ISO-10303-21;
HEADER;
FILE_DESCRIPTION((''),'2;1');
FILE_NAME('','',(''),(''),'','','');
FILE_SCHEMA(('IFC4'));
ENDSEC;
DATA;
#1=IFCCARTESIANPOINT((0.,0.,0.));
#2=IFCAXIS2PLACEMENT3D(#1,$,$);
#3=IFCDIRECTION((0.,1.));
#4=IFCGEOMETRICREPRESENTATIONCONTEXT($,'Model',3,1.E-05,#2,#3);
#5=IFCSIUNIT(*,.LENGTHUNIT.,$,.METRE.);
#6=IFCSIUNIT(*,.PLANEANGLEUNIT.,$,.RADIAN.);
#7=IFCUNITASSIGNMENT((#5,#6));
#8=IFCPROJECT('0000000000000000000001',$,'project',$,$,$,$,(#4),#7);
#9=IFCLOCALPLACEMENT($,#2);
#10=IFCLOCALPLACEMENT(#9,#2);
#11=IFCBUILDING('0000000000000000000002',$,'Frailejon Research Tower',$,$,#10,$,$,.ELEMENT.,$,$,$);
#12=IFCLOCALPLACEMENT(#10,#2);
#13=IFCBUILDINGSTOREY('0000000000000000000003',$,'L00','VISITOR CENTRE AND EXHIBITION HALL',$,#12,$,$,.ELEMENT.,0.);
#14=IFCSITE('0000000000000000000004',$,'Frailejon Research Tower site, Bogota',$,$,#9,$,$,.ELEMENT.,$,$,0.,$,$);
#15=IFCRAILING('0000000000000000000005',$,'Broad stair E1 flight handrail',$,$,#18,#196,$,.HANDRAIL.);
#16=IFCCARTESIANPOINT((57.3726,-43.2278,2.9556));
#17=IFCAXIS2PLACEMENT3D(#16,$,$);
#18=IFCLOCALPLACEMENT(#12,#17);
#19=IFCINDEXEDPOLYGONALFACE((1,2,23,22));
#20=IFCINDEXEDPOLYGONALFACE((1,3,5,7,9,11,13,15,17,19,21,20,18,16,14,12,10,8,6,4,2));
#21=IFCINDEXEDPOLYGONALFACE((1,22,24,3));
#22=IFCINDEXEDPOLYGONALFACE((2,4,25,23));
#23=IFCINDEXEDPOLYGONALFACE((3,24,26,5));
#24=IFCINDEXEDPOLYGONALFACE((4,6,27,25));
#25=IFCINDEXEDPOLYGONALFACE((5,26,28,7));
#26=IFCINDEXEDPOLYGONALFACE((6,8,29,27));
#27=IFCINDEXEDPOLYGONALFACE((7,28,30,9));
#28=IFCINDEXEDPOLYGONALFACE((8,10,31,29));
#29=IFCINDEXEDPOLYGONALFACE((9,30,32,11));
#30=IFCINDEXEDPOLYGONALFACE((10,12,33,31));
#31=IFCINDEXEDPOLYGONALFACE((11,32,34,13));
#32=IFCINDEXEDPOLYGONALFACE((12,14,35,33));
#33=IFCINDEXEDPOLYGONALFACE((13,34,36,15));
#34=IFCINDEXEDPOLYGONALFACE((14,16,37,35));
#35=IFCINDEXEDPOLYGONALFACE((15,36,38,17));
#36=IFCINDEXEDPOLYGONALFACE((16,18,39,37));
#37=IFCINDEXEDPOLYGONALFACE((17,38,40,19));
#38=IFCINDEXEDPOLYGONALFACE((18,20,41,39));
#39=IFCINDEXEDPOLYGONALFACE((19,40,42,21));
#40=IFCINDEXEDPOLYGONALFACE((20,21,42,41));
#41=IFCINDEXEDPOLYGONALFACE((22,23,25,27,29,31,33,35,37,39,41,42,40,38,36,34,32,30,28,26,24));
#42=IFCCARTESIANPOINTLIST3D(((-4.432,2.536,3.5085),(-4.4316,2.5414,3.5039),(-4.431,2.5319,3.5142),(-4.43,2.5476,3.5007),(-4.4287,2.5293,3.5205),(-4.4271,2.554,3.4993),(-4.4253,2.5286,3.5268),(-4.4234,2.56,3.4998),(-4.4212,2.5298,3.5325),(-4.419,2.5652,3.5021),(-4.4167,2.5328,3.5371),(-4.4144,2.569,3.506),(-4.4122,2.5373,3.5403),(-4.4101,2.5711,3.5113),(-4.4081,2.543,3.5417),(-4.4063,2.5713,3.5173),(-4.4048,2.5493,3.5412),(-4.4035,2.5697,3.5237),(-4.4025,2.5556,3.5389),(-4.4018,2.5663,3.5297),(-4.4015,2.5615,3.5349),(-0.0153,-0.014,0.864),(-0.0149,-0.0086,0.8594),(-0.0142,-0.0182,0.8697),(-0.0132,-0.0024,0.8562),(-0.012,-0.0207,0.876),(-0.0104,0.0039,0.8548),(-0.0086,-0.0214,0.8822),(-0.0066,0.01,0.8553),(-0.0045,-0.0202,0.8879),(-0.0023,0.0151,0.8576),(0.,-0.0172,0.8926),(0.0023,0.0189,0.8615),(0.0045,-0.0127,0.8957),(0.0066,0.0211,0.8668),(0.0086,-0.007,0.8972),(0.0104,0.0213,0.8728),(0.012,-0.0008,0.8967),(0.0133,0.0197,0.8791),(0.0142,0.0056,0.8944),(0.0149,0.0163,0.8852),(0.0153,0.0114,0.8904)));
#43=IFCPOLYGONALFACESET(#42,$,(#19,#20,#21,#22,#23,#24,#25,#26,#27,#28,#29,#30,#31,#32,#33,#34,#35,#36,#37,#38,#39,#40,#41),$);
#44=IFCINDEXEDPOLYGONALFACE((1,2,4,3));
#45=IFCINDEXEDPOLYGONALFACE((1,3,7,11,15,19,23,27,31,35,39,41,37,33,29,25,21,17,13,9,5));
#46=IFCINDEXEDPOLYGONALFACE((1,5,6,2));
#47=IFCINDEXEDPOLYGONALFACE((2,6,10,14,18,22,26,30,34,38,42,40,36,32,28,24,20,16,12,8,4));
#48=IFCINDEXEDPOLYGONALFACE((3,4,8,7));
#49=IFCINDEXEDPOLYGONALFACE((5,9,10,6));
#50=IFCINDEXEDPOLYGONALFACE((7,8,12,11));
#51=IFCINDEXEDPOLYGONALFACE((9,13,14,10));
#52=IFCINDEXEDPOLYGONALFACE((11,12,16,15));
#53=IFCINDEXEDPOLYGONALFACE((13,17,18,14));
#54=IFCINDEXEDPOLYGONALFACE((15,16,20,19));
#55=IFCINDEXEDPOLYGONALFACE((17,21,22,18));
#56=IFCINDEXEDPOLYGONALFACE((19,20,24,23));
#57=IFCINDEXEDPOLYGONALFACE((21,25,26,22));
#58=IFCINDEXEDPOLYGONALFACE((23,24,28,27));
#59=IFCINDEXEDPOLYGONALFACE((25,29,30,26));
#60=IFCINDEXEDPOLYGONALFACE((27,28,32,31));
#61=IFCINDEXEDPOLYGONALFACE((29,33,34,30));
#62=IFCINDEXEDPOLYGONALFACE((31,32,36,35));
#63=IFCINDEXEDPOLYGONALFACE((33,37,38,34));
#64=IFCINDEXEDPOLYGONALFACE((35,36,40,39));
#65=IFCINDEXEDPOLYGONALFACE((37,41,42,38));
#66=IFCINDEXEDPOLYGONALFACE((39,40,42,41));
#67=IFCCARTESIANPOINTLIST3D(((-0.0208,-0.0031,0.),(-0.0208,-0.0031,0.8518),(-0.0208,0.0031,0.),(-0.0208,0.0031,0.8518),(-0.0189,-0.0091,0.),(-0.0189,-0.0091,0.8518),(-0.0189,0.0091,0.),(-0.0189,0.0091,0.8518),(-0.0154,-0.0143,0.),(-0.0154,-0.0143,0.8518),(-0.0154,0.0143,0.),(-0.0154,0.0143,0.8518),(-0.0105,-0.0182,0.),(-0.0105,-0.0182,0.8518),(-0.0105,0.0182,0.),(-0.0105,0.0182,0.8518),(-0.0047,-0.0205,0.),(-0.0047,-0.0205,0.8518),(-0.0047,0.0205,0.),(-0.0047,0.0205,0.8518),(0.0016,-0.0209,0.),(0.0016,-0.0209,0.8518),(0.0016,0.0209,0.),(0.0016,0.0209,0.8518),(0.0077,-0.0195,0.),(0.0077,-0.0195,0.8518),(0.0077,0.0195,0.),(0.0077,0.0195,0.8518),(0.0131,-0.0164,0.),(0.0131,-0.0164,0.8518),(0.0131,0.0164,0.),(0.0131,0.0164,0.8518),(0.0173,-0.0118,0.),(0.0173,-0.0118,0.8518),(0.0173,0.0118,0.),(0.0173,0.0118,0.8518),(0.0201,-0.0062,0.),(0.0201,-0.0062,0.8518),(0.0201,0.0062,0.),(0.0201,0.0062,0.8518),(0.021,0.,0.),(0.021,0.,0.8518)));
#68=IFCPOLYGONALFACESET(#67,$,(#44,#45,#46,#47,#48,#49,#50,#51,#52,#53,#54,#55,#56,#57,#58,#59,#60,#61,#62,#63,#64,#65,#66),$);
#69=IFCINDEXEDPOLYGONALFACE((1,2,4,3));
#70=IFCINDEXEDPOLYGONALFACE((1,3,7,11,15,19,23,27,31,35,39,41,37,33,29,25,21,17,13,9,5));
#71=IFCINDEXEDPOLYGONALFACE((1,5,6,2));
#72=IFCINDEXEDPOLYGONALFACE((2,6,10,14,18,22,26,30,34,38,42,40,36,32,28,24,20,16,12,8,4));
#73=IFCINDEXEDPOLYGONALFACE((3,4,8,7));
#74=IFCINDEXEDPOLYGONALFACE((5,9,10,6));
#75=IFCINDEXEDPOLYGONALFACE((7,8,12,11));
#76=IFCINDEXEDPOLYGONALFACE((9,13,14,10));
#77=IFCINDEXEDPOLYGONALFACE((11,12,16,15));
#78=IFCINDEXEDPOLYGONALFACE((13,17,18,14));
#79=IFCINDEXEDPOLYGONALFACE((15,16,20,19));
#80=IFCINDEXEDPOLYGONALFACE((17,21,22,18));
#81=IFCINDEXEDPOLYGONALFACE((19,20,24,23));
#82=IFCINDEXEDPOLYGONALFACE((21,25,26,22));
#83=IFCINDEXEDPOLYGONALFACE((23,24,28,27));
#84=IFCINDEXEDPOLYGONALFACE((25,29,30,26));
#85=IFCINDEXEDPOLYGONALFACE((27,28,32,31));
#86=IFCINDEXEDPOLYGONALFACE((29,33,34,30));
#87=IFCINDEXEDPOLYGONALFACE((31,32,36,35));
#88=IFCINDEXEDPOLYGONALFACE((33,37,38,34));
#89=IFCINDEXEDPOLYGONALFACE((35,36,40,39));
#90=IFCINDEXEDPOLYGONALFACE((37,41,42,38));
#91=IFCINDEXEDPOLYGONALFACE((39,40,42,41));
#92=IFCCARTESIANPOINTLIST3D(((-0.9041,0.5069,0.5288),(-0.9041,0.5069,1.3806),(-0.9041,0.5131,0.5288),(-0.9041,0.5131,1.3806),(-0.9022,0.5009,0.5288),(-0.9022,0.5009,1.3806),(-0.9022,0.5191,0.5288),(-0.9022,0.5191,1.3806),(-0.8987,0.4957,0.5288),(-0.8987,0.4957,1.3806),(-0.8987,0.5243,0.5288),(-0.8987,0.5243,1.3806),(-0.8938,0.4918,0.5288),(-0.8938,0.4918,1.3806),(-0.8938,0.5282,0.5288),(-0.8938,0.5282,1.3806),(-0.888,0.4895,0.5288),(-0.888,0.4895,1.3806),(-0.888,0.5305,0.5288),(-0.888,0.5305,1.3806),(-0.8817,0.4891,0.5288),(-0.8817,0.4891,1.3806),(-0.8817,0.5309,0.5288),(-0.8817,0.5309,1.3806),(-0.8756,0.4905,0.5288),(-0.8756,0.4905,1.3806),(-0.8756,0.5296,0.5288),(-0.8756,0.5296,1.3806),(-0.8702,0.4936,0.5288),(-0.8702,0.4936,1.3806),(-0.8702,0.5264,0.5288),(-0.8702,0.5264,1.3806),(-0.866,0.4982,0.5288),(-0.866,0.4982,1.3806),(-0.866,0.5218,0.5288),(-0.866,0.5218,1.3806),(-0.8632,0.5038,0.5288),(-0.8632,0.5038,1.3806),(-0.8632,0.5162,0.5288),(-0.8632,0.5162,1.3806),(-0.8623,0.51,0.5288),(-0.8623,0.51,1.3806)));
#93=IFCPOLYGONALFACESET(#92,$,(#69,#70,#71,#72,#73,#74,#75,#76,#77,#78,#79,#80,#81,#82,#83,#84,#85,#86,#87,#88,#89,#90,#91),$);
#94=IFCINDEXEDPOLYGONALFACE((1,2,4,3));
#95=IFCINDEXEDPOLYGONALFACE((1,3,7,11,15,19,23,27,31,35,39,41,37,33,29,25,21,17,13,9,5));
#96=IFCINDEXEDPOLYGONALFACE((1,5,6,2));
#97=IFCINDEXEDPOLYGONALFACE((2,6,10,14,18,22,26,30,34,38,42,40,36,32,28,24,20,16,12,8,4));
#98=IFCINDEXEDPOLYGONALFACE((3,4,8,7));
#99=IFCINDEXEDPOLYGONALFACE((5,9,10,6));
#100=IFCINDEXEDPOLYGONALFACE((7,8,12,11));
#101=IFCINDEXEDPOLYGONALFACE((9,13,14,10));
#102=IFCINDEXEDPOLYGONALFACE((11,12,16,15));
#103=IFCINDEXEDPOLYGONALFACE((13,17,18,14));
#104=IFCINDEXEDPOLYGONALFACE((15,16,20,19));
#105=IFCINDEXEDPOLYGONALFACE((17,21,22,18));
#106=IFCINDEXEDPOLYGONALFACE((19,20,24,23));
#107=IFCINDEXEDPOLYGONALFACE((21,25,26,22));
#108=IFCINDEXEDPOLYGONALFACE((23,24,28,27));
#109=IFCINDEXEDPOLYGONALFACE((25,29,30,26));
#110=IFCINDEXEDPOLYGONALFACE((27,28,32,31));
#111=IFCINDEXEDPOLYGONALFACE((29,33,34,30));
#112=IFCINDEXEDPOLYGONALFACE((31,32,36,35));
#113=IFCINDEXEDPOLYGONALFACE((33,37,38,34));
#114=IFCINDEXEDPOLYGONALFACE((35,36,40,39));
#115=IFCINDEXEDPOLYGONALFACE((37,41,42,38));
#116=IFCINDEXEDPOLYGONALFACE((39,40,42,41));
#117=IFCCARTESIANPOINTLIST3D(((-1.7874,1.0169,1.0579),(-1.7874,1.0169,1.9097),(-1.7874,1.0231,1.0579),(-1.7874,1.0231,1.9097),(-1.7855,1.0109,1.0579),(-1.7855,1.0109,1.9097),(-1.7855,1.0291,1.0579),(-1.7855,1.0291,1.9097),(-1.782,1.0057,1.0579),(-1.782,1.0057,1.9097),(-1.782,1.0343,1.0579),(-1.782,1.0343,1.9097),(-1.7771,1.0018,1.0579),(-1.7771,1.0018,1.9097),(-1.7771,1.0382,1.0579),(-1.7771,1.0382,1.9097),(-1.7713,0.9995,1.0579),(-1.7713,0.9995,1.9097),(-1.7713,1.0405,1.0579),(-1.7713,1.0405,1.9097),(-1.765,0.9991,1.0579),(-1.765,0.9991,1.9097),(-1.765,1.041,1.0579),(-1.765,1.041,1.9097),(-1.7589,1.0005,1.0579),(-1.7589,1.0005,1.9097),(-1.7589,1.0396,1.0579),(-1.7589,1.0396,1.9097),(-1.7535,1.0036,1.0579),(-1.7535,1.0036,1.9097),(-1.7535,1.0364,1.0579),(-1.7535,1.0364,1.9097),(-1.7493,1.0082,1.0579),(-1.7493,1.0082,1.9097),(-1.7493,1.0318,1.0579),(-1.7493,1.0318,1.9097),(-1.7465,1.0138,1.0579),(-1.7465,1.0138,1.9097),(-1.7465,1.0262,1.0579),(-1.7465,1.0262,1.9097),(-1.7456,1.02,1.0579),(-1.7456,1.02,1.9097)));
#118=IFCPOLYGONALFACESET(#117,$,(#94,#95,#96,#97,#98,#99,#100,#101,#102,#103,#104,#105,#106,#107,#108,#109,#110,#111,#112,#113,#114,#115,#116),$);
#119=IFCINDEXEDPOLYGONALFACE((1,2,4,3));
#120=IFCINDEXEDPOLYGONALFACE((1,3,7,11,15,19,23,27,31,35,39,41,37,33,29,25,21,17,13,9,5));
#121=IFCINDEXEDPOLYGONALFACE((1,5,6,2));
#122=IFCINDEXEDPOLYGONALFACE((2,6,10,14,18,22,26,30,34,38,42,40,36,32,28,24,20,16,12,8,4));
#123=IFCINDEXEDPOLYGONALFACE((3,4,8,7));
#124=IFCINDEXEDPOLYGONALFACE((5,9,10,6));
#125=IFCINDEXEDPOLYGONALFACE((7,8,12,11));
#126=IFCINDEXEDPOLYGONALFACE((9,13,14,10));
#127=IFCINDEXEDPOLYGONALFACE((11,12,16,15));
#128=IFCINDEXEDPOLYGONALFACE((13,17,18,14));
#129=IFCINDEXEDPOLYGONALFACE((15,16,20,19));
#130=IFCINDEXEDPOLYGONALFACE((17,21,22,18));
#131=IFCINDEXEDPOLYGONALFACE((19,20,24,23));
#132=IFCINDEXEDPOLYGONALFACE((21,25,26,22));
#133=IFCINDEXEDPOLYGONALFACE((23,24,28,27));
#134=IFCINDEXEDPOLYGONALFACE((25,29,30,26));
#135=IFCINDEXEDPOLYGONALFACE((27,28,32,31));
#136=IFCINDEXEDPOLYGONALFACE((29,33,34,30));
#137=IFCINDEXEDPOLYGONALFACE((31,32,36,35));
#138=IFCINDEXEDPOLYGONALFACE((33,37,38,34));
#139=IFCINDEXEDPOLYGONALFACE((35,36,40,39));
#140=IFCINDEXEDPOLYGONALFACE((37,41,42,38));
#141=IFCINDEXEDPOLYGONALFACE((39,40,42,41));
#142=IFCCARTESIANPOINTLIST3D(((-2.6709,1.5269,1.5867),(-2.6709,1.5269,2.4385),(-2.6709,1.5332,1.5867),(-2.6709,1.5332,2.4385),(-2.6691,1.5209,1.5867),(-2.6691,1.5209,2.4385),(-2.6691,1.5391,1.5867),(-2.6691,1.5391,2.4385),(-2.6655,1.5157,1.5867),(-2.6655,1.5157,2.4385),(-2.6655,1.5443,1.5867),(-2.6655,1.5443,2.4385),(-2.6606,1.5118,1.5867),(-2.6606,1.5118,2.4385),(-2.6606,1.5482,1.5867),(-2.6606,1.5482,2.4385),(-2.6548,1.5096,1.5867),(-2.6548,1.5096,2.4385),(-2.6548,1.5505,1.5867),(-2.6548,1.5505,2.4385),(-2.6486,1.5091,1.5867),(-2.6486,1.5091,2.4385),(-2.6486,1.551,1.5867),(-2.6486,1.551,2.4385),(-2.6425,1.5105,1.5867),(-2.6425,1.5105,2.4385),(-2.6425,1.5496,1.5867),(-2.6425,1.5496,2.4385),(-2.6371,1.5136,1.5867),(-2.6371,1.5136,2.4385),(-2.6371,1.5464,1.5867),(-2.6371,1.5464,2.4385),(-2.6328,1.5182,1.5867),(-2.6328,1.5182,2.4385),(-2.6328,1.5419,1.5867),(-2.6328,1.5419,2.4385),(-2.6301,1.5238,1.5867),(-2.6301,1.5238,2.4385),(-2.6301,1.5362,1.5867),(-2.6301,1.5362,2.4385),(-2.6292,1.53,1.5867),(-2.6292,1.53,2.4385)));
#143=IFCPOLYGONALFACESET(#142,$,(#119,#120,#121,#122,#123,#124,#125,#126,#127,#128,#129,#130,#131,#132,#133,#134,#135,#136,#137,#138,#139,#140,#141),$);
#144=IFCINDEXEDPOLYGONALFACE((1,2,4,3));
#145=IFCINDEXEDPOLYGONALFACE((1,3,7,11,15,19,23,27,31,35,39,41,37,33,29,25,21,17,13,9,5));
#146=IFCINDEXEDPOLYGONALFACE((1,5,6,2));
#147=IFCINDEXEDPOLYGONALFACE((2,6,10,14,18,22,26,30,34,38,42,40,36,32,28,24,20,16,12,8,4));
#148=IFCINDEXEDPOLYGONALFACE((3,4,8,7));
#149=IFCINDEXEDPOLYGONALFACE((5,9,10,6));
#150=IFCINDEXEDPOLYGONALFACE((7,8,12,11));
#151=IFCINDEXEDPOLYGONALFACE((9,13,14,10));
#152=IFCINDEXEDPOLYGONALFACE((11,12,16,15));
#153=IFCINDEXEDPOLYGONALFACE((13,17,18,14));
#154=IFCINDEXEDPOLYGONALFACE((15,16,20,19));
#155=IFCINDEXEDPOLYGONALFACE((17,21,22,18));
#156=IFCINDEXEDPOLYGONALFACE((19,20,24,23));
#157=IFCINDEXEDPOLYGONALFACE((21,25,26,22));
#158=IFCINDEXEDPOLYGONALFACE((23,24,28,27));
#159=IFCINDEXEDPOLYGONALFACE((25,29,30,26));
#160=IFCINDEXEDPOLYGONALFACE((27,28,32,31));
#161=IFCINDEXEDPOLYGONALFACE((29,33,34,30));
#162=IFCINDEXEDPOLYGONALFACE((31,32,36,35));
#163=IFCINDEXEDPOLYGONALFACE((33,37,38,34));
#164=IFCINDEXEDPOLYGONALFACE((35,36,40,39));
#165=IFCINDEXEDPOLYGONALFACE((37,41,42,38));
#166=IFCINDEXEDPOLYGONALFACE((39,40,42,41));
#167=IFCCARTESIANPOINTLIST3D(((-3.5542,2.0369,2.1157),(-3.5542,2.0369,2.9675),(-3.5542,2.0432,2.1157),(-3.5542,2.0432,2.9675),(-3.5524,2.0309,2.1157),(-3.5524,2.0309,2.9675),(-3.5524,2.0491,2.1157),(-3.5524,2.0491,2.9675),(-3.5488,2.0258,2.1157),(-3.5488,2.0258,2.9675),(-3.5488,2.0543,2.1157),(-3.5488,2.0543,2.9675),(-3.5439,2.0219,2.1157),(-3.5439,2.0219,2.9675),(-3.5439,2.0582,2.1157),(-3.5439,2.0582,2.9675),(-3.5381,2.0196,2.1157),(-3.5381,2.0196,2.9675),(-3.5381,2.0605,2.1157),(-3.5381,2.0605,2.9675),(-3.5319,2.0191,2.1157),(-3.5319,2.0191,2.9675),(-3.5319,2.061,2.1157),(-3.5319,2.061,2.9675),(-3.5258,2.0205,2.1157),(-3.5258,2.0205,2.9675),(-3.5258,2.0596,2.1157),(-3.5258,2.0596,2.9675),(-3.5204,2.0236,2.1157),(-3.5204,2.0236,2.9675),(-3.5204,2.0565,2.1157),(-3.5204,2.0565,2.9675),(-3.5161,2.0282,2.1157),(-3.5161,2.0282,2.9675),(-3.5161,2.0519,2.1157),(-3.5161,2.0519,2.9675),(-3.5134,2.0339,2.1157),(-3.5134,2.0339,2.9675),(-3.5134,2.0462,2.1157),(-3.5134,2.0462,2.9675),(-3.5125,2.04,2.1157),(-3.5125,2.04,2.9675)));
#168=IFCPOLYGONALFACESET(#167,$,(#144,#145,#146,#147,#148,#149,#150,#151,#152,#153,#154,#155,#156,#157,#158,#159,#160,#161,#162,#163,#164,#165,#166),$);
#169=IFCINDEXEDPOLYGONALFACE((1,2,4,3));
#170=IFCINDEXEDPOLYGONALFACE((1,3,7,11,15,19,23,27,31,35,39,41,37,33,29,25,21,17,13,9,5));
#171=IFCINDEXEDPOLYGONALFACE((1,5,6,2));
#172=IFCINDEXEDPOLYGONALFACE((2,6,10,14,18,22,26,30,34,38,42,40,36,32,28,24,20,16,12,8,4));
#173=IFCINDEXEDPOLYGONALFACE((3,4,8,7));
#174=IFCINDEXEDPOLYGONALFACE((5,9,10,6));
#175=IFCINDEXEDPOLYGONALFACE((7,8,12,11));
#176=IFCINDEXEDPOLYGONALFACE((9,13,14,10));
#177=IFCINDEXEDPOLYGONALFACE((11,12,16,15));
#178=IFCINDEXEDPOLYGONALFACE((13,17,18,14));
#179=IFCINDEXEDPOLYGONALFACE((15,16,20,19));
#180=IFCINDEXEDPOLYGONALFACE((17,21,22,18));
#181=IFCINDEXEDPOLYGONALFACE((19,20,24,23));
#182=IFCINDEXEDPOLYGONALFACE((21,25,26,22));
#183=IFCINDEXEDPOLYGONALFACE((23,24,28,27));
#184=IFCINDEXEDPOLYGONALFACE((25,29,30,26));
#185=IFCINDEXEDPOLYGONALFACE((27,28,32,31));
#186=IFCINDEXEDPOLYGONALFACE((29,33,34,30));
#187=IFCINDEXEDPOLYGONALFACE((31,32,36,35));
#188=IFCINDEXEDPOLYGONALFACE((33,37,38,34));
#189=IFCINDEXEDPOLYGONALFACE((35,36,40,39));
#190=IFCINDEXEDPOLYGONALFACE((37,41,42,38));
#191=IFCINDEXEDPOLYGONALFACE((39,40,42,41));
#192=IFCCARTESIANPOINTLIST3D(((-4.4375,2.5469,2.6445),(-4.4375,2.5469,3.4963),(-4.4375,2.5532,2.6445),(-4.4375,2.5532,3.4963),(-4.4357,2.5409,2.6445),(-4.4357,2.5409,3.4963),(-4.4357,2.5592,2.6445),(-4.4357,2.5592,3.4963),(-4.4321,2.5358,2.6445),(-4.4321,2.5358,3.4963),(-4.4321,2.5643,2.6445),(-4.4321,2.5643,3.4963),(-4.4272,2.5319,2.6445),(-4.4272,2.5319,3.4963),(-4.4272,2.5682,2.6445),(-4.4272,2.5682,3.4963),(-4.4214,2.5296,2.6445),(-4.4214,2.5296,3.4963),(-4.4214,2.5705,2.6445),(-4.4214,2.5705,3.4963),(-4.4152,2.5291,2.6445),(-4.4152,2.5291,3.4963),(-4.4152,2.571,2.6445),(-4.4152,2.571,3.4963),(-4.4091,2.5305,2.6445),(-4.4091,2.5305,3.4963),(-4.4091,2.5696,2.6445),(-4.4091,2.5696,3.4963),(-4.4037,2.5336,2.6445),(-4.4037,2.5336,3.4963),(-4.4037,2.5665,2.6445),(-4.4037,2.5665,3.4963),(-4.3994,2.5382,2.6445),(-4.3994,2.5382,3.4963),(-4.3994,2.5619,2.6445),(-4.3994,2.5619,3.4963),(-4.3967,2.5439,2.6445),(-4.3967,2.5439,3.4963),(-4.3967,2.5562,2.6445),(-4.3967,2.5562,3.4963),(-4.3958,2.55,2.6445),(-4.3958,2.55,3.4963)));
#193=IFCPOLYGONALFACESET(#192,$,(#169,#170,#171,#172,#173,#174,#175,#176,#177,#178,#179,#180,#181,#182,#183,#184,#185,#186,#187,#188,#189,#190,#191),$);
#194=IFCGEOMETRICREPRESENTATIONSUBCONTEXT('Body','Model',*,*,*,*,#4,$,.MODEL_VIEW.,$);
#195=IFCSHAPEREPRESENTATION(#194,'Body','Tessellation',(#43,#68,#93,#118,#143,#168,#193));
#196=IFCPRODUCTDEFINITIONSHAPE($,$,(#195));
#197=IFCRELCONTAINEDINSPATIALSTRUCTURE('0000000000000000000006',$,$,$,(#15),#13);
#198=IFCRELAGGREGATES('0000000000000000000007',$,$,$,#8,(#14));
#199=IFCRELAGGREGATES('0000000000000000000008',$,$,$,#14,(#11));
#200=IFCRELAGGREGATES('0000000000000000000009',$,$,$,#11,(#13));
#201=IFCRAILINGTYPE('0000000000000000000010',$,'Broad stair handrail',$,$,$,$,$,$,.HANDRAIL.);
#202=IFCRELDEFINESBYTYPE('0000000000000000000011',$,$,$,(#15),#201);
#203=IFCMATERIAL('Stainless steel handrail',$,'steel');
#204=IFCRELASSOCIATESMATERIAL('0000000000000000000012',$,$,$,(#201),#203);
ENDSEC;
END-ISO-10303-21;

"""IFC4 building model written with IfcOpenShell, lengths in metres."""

from ifc_helpers import new_model, si_unit, direction, frame, origin, origin_2d, place, context, subcontext, project, spatial, circle, extrude, material, type_object, element, save


model = new_model("IFC4")

# Units and contexts
model_context = context("Model", 3, precision=1e-05, world=origin(), true_north=direction((0.0, 1.0)))
body_context = subcontext(model_context, "Body", "Model", "MODEL_VIEW")
ifc_project = project(units=[si_unit("LENGTHUNIT", "METRE"), si_unit("PLANEANGLEUNIT", "RADIAN")], contexts=[model_context])

# Site, building, storey
site_placement = place(None, origin())
site = spatial("IfcSite", under=ifc_project, at=site_placement, Name="Frailejon Research Tower site, Bogota", CompositionType="ELEMENT", RefElevation=0.0)
building_placement = place(site_placement, origin())
building = spatial("IfcBuilding", under=site, at=building_placement, Name="Frailejon Research Tower", CompositionType="ELEMENT")
storey_placement = place(building_placement, origin())
storey = spatial("IfcBuildingStorey", under=building, at=storey_placement, Name="L00", Description="VISITOR CENTRE AND EXHIBITION HALL", CompositionType="ELEMENT", Elevation=0.0)

# Railing
ifc_material_1 = material(Name="Stainless steel handrail", Category="steel")
railing_type_1 = type_object("IfcRailingType", Name="Broad stair handrail", PredefinedType="HANDRAIL", material=ifc_material_1)
for number, where, name in (
    (1, (57.3726, -43.2278, 2.9556), "Broad stair E1 flight handrail"),
):
    element("IfcRailing", number, at=place(storey_placement, frame(where)), inside=storey, type_object=railing_type_1, Name=name, PredefinedType="HANDRAIL", context=body_context, shape_type="SweptSolid", body=[
        extrude(circle(Radius=0.0239, at=origin_2d()), frame((0.0, 0.0, 0.876), z_axis=(-0.768811, 0.44388, 0.460326), x_axis=(-0.500006, -0.866022, 0.0)), (0.0, 0.0, 1.0), 5.7449),
        extrude(circle(Radius=0.021, at=origin_2d()), origin(), (0.0, 0.0, 1.0), 0.8518),
        extrude(circle(Radius=0.021, at=origin_2d()), frame((-0.8833, 0.51, 0.5288)), (0.0, 0.0, 1.0), 0.8518),
        extrude(circle(Radius=0.021, at=origin_2d()), frame((-1.7666, 1.02, 1.0579)), (0.0, 0.0, 1.0), 0.8518),
        extrude(circle(Radius=0.021, at=origin_2d()), frame((-2.6501, 1.53, 1.5867)), (0.0, 0.0, 1.0), 0.8518),
        extrude(circle(Radius=0.021, at=origin_2d()), frame((-3.5334, 2.04, 2.1157)), (0.0, 0.0, 1.0), 0.8518),
        extrude(circle(Radius=0.021, at=origin_2d()), frame((-4.4167, 2.55, 2.6445)), (0.0, 0.0, 1.0), 0.8518),
    ])

save(model, "model.ifc")
